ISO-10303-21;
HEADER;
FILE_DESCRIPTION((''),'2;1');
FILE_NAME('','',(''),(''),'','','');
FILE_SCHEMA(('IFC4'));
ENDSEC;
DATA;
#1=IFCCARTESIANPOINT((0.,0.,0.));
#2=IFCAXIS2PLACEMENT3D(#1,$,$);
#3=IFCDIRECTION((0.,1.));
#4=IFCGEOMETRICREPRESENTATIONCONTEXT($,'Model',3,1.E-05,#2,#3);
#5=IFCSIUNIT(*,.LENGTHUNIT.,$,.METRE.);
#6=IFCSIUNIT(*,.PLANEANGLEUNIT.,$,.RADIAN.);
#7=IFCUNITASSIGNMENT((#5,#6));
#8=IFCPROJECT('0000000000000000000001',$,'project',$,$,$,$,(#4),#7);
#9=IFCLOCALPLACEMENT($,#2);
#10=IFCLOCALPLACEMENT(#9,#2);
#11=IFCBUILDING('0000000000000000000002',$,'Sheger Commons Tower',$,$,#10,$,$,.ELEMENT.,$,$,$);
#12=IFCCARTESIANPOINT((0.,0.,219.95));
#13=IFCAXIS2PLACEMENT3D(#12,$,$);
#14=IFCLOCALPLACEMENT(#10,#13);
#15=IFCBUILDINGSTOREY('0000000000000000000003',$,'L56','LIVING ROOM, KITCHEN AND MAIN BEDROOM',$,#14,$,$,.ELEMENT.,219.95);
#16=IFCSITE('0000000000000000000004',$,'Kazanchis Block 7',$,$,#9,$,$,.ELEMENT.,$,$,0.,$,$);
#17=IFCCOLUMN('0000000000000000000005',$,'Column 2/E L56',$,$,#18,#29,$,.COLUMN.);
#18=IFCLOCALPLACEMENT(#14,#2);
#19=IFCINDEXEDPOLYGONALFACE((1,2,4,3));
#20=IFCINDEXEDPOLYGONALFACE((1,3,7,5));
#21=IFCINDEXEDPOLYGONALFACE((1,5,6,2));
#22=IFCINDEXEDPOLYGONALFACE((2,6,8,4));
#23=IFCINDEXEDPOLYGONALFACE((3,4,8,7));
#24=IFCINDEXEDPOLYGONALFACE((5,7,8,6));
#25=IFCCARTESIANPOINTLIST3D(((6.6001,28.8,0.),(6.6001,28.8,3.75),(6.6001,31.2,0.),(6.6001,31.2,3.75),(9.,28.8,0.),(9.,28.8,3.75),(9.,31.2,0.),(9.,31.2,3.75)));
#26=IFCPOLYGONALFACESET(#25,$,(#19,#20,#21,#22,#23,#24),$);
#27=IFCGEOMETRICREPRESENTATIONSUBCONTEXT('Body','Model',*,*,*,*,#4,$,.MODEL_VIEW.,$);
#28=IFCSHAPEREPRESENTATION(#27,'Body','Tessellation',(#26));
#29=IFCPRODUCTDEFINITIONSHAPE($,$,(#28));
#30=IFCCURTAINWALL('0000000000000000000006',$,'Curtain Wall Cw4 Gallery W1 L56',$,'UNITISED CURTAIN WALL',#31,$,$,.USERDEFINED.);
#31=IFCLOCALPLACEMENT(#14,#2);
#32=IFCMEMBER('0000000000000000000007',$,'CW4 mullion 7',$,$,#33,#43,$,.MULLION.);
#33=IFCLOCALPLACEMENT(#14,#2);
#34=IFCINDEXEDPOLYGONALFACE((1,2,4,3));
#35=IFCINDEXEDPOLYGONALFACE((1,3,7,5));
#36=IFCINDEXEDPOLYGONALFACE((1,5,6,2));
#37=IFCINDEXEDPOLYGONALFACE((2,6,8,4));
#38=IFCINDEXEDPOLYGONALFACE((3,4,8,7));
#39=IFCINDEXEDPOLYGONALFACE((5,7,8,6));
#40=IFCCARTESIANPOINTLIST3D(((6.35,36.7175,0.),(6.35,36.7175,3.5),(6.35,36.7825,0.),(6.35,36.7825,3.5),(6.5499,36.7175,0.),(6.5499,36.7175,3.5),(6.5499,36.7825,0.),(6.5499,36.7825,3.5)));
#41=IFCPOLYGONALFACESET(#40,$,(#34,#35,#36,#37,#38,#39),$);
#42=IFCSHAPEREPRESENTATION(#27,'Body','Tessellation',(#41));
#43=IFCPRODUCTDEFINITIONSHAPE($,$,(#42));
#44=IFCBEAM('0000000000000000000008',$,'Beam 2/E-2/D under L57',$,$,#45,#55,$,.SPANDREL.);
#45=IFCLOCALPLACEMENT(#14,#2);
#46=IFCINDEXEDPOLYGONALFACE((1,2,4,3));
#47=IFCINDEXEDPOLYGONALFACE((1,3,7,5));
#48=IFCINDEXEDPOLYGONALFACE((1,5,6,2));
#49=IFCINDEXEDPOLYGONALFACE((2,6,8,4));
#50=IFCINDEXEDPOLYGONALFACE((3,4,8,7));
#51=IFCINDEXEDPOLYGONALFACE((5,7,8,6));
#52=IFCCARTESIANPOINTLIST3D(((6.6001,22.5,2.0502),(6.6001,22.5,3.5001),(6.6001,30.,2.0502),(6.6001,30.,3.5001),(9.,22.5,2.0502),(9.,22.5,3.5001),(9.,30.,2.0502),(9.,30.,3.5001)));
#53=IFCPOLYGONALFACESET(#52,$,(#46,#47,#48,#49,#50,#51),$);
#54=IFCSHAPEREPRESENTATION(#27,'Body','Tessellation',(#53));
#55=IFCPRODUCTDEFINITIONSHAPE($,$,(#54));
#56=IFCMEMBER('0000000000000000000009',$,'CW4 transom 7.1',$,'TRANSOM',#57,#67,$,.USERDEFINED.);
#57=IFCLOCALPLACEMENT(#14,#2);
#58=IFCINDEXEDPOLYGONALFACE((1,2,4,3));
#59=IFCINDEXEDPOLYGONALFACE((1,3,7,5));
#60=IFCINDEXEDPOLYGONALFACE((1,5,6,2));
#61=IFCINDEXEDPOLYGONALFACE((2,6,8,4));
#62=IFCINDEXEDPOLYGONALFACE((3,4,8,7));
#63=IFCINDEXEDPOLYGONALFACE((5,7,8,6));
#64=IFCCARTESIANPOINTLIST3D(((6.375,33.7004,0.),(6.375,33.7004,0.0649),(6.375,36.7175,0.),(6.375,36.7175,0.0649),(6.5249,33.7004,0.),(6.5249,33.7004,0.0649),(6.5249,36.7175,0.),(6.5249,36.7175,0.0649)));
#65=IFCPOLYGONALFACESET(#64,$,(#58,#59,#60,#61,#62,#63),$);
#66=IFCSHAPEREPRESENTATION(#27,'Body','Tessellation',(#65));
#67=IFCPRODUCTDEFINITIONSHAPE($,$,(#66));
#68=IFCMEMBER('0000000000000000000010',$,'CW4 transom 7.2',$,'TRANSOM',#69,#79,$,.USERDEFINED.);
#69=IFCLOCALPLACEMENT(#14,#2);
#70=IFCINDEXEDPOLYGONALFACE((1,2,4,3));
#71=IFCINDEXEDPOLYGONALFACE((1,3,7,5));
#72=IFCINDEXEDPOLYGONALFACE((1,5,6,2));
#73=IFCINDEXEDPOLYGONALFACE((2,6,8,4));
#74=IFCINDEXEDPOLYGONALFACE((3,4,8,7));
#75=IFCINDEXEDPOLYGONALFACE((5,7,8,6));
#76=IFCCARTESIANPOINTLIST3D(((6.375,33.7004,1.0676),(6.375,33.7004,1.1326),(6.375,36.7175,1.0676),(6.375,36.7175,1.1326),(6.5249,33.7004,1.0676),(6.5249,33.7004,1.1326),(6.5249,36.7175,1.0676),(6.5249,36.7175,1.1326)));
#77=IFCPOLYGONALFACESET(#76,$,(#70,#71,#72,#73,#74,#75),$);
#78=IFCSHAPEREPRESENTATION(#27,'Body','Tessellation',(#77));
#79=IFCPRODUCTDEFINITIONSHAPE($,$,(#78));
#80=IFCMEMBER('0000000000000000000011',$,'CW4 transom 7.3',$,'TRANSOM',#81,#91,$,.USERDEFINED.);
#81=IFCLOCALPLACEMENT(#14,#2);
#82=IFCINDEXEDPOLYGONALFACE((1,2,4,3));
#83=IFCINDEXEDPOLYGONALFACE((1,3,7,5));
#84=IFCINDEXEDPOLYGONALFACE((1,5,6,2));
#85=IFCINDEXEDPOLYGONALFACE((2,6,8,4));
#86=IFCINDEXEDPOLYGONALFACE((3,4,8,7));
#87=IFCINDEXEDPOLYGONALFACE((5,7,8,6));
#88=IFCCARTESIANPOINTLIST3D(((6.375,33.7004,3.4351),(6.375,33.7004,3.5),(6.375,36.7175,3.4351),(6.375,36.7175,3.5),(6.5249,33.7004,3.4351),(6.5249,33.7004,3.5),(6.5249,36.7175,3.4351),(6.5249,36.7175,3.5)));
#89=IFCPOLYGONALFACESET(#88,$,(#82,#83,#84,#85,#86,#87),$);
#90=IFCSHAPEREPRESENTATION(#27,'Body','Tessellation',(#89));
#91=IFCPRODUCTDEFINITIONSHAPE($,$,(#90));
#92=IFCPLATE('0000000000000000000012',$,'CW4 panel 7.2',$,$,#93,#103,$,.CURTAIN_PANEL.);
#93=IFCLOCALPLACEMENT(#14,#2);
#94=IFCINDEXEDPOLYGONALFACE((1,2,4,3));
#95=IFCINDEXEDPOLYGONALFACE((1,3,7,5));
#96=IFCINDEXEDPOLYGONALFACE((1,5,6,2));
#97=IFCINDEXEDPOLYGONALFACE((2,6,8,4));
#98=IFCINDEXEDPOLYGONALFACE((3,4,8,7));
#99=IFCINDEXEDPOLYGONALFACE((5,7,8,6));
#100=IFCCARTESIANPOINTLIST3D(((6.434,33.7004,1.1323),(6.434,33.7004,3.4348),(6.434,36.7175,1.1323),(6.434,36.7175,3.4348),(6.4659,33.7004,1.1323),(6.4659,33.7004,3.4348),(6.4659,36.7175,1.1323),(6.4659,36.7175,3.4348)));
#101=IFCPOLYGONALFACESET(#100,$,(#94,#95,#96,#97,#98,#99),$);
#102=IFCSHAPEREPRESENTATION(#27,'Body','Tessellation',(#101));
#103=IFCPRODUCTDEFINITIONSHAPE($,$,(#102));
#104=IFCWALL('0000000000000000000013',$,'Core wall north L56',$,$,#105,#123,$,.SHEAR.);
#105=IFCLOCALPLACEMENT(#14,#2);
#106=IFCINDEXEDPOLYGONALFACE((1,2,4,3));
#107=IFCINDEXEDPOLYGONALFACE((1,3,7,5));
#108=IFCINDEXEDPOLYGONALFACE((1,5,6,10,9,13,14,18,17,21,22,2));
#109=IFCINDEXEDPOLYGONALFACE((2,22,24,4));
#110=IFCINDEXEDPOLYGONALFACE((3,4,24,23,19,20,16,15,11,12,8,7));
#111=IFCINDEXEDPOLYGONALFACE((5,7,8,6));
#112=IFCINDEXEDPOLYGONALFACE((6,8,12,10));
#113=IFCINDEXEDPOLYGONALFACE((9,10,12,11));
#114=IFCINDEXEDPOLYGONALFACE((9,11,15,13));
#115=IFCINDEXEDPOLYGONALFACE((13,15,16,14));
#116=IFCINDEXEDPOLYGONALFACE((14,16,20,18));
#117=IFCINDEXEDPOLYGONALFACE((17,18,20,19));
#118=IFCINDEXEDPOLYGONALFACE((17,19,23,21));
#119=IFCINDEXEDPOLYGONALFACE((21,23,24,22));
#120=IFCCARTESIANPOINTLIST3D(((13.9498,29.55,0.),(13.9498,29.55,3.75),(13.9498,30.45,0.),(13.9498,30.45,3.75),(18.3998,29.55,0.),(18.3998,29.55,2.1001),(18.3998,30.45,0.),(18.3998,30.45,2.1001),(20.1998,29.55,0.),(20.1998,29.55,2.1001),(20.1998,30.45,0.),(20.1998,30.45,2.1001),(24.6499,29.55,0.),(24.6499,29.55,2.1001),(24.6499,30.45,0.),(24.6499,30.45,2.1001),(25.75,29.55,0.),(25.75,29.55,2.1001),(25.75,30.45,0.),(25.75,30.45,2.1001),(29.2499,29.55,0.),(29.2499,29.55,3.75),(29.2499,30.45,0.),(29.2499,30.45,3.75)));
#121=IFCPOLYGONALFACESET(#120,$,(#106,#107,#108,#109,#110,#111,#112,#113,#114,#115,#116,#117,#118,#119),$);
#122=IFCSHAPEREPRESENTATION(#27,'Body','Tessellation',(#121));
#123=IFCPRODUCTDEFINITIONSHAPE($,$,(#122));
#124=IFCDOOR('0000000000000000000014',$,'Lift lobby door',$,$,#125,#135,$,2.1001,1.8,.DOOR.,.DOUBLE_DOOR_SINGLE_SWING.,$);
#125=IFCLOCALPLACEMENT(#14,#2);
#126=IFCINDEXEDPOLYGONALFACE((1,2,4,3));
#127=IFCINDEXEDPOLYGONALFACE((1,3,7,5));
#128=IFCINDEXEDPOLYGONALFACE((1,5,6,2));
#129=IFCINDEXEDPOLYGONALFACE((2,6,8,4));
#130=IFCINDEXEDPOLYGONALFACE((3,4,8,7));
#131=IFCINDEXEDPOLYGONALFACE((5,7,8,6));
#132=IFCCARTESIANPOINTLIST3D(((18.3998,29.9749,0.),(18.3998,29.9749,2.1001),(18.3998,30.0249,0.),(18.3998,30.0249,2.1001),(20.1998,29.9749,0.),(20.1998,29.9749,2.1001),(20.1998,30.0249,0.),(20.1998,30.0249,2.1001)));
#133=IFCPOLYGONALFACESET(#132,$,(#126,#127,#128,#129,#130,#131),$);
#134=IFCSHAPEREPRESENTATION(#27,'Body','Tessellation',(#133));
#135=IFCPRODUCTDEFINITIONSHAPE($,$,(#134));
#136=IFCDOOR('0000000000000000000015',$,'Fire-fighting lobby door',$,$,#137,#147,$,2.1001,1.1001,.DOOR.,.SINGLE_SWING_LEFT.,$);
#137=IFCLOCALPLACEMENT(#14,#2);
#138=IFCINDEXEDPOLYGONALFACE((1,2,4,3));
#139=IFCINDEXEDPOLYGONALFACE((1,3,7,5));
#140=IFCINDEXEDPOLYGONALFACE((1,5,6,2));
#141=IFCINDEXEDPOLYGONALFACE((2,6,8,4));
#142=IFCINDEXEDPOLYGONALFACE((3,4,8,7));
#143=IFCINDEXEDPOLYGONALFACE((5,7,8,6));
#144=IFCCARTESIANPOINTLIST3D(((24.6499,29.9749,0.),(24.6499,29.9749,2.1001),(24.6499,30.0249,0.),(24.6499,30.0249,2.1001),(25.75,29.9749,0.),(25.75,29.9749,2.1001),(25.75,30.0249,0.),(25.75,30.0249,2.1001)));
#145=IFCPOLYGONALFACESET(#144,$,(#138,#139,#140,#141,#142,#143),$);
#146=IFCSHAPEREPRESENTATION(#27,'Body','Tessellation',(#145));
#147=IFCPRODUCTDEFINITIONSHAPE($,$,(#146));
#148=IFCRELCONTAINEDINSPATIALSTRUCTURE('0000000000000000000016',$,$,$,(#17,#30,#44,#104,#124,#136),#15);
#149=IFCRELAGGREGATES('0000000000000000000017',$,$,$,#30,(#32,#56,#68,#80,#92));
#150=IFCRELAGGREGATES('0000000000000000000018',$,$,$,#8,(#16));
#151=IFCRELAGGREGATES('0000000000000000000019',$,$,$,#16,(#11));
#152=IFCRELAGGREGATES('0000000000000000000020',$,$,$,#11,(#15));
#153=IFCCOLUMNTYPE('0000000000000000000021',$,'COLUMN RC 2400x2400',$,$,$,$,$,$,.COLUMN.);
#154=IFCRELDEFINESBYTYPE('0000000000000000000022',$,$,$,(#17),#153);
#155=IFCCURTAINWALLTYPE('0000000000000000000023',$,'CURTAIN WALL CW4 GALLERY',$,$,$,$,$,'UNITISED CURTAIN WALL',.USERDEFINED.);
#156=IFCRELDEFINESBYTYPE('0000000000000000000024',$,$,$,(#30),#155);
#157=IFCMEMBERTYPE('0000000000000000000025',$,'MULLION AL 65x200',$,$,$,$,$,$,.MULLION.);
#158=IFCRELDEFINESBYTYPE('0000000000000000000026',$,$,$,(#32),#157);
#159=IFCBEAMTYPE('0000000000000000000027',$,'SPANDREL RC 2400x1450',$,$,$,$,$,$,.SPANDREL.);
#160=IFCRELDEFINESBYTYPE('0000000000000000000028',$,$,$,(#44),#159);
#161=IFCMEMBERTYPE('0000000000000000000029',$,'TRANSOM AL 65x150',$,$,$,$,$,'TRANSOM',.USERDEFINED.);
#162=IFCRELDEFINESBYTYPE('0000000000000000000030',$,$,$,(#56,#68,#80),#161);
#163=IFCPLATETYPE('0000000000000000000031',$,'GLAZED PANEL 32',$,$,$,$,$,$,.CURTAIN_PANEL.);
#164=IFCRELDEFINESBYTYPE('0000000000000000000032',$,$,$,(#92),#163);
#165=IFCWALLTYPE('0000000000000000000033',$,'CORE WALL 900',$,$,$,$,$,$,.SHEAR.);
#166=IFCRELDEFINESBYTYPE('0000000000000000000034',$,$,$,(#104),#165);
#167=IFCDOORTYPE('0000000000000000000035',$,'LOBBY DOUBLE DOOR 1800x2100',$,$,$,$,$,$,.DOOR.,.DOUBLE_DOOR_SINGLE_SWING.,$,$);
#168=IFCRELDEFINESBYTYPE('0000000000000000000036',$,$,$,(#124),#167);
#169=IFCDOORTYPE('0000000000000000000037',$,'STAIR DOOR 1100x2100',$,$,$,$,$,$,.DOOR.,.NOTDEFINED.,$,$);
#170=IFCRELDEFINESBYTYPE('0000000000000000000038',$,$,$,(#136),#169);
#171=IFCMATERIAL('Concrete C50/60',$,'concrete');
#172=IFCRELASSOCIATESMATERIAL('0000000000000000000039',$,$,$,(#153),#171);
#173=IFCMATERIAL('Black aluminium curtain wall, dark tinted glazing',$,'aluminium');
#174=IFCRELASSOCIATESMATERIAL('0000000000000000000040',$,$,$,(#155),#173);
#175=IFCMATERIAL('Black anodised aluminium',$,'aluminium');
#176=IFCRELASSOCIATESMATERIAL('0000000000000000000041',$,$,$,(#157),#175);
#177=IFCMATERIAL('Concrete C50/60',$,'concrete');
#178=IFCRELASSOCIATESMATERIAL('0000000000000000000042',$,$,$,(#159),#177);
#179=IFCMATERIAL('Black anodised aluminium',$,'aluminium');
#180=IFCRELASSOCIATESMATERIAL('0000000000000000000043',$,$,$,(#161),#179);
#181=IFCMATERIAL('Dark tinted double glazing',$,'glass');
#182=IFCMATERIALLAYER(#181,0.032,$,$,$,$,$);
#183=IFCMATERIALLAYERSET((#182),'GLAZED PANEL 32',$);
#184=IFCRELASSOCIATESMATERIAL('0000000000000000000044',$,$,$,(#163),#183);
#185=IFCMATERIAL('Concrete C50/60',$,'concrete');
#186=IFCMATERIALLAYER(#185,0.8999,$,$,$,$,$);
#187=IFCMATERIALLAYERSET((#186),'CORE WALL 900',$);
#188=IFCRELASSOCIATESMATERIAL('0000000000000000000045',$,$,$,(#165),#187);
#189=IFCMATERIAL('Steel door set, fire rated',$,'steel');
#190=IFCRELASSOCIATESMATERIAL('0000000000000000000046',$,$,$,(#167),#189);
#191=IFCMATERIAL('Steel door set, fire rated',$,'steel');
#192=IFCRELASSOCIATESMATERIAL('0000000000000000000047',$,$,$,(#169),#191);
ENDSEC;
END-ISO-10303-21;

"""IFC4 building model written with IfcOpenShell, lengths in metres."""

from ifc_helpers import new_model, si_unit, direction, frame, frame_2d, origin, origin_2d, place, context, subcontext, project, spatial, rectangle, extrude, material, layer, layer_set, material_profile, profile_set, type_object, element, fill, aggregate, save


model = new_model("IFC4")

# Units and contexts
model_context = context("Model", 3, precision=1e-05, world=origin(), true_north=direction((0.0, 1.0)))
body_context = subcontext(model_context, "Body", "Model", "MODEL_VIEW")
ifc_project = project(units=[si_unit("LENGTHUNIT", "METRE"), si_unit("PLANEANGLEUNIT", "RADIAN")], contexts=[model_context])

# Site, building, storey
site_placement = place(None, origin())
site = spatial("IfcSite", under=ifc_project, at=site_placement, Name="Kazanchis Block 7", CompositionType="ELEMENT", RefElevation=0.0)
building_placement = place(site_placement, origin())
building = spatial("IfcBuilding", under=site, at=building_placement, Name="Sheger Commons Tower", CompositionType="ELEMENT")
storey_placement = place(building_placement, frame((0.0, 0.0, 219.95)))
storey = spatial("IfcBuildingStorey", under=building, at=storey_placement, Name="L56", Description="LIVING ROOM, KITCHEN AND MAIN BEDROOM", CompositionType="ELEMENT", Elevation=219.95)

# Column
ifc_material_1 = material(Name="Concrete C50/60", Category="concrete")
ifc_material_profile_1 = material_profile(ifc_material_1, rectangle(XDim=2.3999, YDim=2.3999, at=origin_2d()), Name="RC 2400x2400")
ifc_profile_set_1 = profile_set([ifc_material_profile_1], Name="Concrete C50/60")
column_type = type_object("IfcColumnType", Name="COLUMN RC 2400x2400", PredefinedType="COLUMN", material=ifc_profile_set_1)
column_placement = place(storey_placement, frame((7.8, 30.0, 0.0), z_axis=(0.0, 0.0, 1.0), x_axis=(1.0, 0.0, 0.0)))
element("IfcColumn", 1, at=column_placement, inside=storey, type_object=column_type, Name="Column 2/E L56", PredefinedType="COLUMN", context=body_context, shape_type="SweptSolid", body=[
    extrude(rectangle(XDim=2.3999, YDim=2.3999, at=origin_2d()), origin(), (0.0, 0.0, 1.0), 3.75),
])

# Curtain wall, member
ifc_material_2 = material(Name="Black aluminium curtain wall, dark tinted glazing", Category="aluminium")
curtain_wall_type = type_object("IfcCurtainWallType", Name="CURTAIN WALL CW4 GALLERY", ElementType="UNITISED CURTAIN WALL", PredefinedType="USERDEFINED", material=ifc_material_2)
curtain_wall_placement = place(storey_placement, origin())
curtain_wall = element("IfcCurtainWall", 2, at=curtain_wall_placement, inside=storey, type_object=curtain_wall_type, Name="Curtain Wall Cw4 Gallery W1 L56", ObjectType="UNITISED CURTAIN WALL", PredefinedType="USERDEFINED")
ifc_material_3 = material(Name="Black anodised aluminium", Category="aluminium")
ifc_material_profile_2 = material_profile(ifc_material_3, rectangle(XDim=0.2, YDim=0.0649, at=origin_2d()), Name="AL 65x200")
ifc_profile_set_2 = profile_set([ifc_material_profile_2], Name="Black anodised aluminium")
member_type_1 = type_object("IfcMemberType", Name="MULLION AL 65x200", PredefinedType="MULLION", material=ifc_profile_set_2)
member_1_placement = place(storey_placement, frame((6.45, 36.75, 0.0), z_axis=(0.0, 0.0, 1.0), x_axis=(1.0, 0.0, 0.0)))
member_1 = element("IfcMember", 3, at=member_1_placement, type_object=member_type_1, Name="CW4 mullion 7", PredefinedType="MULLION", context=body_context, shape_type="SweptSolid", body=[
    extrude(rectangle(XDim=0.2, YDim=0.0649, at=origin_2d()), origin(), (0.0, 0.0, 1.0), 3.5),
])

# Beam
ifc_material_4 = material(Name="Concrete C50/60", Category="concrete")
ifc_material_profile_3 = material_profile(ifc_material_4, rectangle(XDim=2.3999, YDim=1.45, at=origin_2d()), Name="RC 2400x1450")
ifc_profile_set_3 = profile_set([ifc_material_profile_3], Name="Concrete C50/60")
beam_type = type_object("IfcBeamType", Name="SPANDREL RC 2400x1450", PredefinedType="SPANDREL", material=ifc_profile_set_3)
beam_placement = place(storey_placement, frame((7.8, 30.0, 2.7751), z_axis=(0.0, -1.0, 0.0), x_axis=(1.0, 0.0, 0.0)))
element("IfcBeam", 4, at=beam_placement, inside=storey, type_object=beam_type, Name="Beam 2/E-2/D under L57", PredefinedType="SPANDREL", context=body_context, shape_type="SweptSolid", body=[
    extrude(rectangle(XDim=2.3999, YDim=1.45, at=origin_2d()), origin(), (0.0, 0.0, 1.0), 7.5),
])

# Members
ifc_material_5 = material(Name="Black anodised aluminium", Category="aluminium")
ifc_material_profile_4 = material_profile(ifc_material_5, rectangle(XDim=0.1499, YDim=0.0649, at=origin_2d()), Name="AL 65x150")
ifc_profile_set_4 = profile_set([ifc_material_profile_4], Name="Black anodised aluminium")
member_type_2 = type_object("IfcMemberType", Name="TRANSOM AL 65x150", ElementType="TRANSOM", PredefinedType="USERDEFINED", material=ifc_profile_set_4)
member_2_placement = place(storey_placement, frame((6.45, 36.7175, 0.0325), z_axis=(0.0, -1.0, 0.0), x_axis=(1.0, 0.0, 0.0)))
member_2 = element("IfcMember", 5, at=member_2_placement, type_object=member_type_2, Name="CW4 transom 7.1", ObjectType="TRANSOM", PredefinedType="USERDEFINED", context=body_context, shape_type="SweptSolid", body=[
    extrude(rectangle(XDim=0.1499, YDim=0.0649, at=origin_2d()), origin(), (0.0, 0.0, 1.0), 3.0171),
])
member_3_placement = place(storey_placement, frame((6.45, 36.7175, 1.1001), z_axis=(0.0, -1.0, 0.0), x_axis=(1.0, 0.0, 0.0)))
member_3 = element("IfcMember", 6, at=member_3_placement, type_object=member_type_2, Name="CW4 transom 7.2", ObjectType="TRANSOM", PredefinedType="USERDEFINED", context=body_context, shape_type="SweptSolid", body=[
    extrude(rectangle(XDim=0.1499, YDim=0.0649, at=origin_2d()), origin(), (0.0, 0.0, 1.0), 3.0171),
])
member_4_placement = place(storey_placement, frame((6.45, 36.7175, 3.4675), z_axis=(0.0, -1.0, 0.0), x_axis=(1.0, 0.0, 0.0)))
member_4 = element("IfcMember", 7, at=member_4_placement, type_object=member_type_2, Name="CW4 transom 7.3", ObjectType="TRANSOM", PredefinedType="USERDEFINED", context=body_context, shape_type="SweptSolid", body=[
    extrude(rectangle(XDim=0.1499, YDim=0.0649, at=origin_2d()), origin(), (0.0, 0.0, 1.0), 3.0171),
])

# Plate
ifc_material_6 = material(Name="Dark tinted double glazing", Category="glass")
ifc_layer_1 = layer(ifc_material_6, 0.032)
ifc_layer_set_1 = layer_set([ifc_layer_1], Name="GLAZED PANEL 32")
plate_type = type_object("IfcPlateType", Name="GLAZED PANEL 32", PredefinedType="CURTAIN_PANEL", material=ifc_layer_set_1)
plate_placement = place(storey_placement, frame((6.45, 35.209, 1.1323), z_axis=(0.0, 0.0, 1.0), x_axis=(0.0, -1.0, 0.0)))
plate = element("IfcPlate", 8, at=plate_placement, type_object=plate_type, Name="CW4 panel 7.2", PredefinedType="CURTAIN_PANEL", context=body_context, shape_type="SweptSolid", body=[
    extrude(rectangle(XDim=3.0171, YDim=0.032, at=origin_2d()), origin(), (0.0, 0.0, 1.0), 2.3025),
])
aggregate(curtain_wall, [member_1, member_2, member_3, member_4, plate])

# Wall, openings, doors
ifc_material_7 = material(Name="Concrete C50/60", Category="concrete")
ifc_layer_2 = layer(ifc_material_7, 0.8999)
ifc_layer_set_2 = layer_set([ifc_layer_2], Name="CORE WALL 900")
wall_type_1 = type_object("IfcWallType", Name="CORE WALL 900", PredefinedType="SHEAR", material=ifc_layer_set_2)
wall_1_placement = place(storey_placement, frame((13.95, 30.0, 0.0), z_axis=(0.0, 0.0, 1.0), x_axis=(1.0, 0.0, 0.0)))
wall_1 = element("IfcWall", 9, at=wall_1_placement, inside=storey, type_object=wall_type_1, Name="Core wall north L56", PredefinedType="SHEAR", context=body_context, shape_type="SweptSolid", body=[
    extrude(rectangle(XDim=15.3, YDim=0.8999, at=frame_2d((7.6499, 0.0))), origin(), (0.0, 0.0, 1.0), 3.75),
])
opening_1_placement = place(wall_1_placement, frame((4.45, 0.0, 0.0)))
opening_1 = element("IfcOpeningElement", 10, at=opening_1_placement, cuts=wall_1, PredefinedType="OPENING", context=body_context, shape_type="SweptSolid", body=[
    extrude(rectangle(XDim=1.8, YDim=2.1001, at=frame_2d((0.8999, 1.05))), frame((0.0, 0.46, 0.0), z_axis=(0.0, -1.0, 0.0), x_axis=(1.0, 0.0, 0.0)), (0.0, 0.0, 1.0), 0.9199),
])
opening_2_placement = place(wall_1_placement, frame((10.7, 0.0, 0.0)))
opening_2 = element("IfcOpeningElement", 11, at=opening_2_placement, cuts=wall_1, PredefinedType="OPENING", context=body_context, shape_type="SweptSolid", body=[
    extrude(rectangle(XDim=1.1001, YDim=2.1001, at=frame_2d((0.55, 1.05))), frame((0.0, 0.46, 0.0), z_axis=(0.0, -1.0, 0.0), x_axis=(1.0, 0.0, 0.0)), (0.0, 0.0, 1.0), 0.9199),
])
ifc_material_8 = material(Name="Steel door set, fire rated", Category="steel")
door_type_1 = type_object("IfcDoorType", Name="LOBBY DOUBLE DOOR 1800x2100", OperationType="DOUBLE_DOOR_SINGLE_SWING", PredefinedType="DOOR", material=ifc_material_8)
door_1_placement = place(opening_1_placement, origin())
door_1 = element("IfcDoor", 12, at=door_1_placement, inside=storey, type_object=door_type_1, Name="Lift lobby door", OperationType="DOUBLE_DOOR_SINGLE_SWING", OverallHeight=2.1001, OverallWidth=1.8, PredefinedType="DOOR", context=body_context, shape_type="SweptSolid", body=[
    extrude(rectangle(XDim=1.8, YDim=2.1001, at=frame_2d((0.8999, 1.05))), frame((0.0, 0.0249, 0.0), z_axis=(0.0, -1.0, 0.0), x_axis=(1.0, 0.0, 0.0)), (0.0, 0.0, 1.0), 0.05),
])
fill(opening_1, door_1)
ifc_material_9 = material(Name="Steel door set, fire rated", Category="steel")
door_type_2 = type_object("IfcDoorType", Name="STAIR DOOR 1100x2100", OperationType="NOTDEFINED", PredefinedType="DOOR", material=ifc_material_9)
door_2_placement = place(opening_2_placement, origin())
door_2 = element("IfcDoor", 13, at=door_2_placement, inside=storey, type_object=door_type_2, Name="Fire-fighting lobby door", OperationType="SINGLE_SWING_LEFT", OverallHeight=2.1001, OverallWidth=1.1001, PredefinedType="DOOR", context=body_context, shape_type="SweptSolid", body=[
    extrude(rectangle(XDim=1.1001, YDim=2.1001, at=frame_2d((0.55, 1.05))), frame((0.0, 0.0249, 0.0), z_axis=(0.0, -1.0, 0.0), x_axis=(1.0, 0.0, 0.0)), (0.0, 0.0, 1.0), 0.05),
])
fill(opening_2, door_2)

save(model, "model.ifc")
